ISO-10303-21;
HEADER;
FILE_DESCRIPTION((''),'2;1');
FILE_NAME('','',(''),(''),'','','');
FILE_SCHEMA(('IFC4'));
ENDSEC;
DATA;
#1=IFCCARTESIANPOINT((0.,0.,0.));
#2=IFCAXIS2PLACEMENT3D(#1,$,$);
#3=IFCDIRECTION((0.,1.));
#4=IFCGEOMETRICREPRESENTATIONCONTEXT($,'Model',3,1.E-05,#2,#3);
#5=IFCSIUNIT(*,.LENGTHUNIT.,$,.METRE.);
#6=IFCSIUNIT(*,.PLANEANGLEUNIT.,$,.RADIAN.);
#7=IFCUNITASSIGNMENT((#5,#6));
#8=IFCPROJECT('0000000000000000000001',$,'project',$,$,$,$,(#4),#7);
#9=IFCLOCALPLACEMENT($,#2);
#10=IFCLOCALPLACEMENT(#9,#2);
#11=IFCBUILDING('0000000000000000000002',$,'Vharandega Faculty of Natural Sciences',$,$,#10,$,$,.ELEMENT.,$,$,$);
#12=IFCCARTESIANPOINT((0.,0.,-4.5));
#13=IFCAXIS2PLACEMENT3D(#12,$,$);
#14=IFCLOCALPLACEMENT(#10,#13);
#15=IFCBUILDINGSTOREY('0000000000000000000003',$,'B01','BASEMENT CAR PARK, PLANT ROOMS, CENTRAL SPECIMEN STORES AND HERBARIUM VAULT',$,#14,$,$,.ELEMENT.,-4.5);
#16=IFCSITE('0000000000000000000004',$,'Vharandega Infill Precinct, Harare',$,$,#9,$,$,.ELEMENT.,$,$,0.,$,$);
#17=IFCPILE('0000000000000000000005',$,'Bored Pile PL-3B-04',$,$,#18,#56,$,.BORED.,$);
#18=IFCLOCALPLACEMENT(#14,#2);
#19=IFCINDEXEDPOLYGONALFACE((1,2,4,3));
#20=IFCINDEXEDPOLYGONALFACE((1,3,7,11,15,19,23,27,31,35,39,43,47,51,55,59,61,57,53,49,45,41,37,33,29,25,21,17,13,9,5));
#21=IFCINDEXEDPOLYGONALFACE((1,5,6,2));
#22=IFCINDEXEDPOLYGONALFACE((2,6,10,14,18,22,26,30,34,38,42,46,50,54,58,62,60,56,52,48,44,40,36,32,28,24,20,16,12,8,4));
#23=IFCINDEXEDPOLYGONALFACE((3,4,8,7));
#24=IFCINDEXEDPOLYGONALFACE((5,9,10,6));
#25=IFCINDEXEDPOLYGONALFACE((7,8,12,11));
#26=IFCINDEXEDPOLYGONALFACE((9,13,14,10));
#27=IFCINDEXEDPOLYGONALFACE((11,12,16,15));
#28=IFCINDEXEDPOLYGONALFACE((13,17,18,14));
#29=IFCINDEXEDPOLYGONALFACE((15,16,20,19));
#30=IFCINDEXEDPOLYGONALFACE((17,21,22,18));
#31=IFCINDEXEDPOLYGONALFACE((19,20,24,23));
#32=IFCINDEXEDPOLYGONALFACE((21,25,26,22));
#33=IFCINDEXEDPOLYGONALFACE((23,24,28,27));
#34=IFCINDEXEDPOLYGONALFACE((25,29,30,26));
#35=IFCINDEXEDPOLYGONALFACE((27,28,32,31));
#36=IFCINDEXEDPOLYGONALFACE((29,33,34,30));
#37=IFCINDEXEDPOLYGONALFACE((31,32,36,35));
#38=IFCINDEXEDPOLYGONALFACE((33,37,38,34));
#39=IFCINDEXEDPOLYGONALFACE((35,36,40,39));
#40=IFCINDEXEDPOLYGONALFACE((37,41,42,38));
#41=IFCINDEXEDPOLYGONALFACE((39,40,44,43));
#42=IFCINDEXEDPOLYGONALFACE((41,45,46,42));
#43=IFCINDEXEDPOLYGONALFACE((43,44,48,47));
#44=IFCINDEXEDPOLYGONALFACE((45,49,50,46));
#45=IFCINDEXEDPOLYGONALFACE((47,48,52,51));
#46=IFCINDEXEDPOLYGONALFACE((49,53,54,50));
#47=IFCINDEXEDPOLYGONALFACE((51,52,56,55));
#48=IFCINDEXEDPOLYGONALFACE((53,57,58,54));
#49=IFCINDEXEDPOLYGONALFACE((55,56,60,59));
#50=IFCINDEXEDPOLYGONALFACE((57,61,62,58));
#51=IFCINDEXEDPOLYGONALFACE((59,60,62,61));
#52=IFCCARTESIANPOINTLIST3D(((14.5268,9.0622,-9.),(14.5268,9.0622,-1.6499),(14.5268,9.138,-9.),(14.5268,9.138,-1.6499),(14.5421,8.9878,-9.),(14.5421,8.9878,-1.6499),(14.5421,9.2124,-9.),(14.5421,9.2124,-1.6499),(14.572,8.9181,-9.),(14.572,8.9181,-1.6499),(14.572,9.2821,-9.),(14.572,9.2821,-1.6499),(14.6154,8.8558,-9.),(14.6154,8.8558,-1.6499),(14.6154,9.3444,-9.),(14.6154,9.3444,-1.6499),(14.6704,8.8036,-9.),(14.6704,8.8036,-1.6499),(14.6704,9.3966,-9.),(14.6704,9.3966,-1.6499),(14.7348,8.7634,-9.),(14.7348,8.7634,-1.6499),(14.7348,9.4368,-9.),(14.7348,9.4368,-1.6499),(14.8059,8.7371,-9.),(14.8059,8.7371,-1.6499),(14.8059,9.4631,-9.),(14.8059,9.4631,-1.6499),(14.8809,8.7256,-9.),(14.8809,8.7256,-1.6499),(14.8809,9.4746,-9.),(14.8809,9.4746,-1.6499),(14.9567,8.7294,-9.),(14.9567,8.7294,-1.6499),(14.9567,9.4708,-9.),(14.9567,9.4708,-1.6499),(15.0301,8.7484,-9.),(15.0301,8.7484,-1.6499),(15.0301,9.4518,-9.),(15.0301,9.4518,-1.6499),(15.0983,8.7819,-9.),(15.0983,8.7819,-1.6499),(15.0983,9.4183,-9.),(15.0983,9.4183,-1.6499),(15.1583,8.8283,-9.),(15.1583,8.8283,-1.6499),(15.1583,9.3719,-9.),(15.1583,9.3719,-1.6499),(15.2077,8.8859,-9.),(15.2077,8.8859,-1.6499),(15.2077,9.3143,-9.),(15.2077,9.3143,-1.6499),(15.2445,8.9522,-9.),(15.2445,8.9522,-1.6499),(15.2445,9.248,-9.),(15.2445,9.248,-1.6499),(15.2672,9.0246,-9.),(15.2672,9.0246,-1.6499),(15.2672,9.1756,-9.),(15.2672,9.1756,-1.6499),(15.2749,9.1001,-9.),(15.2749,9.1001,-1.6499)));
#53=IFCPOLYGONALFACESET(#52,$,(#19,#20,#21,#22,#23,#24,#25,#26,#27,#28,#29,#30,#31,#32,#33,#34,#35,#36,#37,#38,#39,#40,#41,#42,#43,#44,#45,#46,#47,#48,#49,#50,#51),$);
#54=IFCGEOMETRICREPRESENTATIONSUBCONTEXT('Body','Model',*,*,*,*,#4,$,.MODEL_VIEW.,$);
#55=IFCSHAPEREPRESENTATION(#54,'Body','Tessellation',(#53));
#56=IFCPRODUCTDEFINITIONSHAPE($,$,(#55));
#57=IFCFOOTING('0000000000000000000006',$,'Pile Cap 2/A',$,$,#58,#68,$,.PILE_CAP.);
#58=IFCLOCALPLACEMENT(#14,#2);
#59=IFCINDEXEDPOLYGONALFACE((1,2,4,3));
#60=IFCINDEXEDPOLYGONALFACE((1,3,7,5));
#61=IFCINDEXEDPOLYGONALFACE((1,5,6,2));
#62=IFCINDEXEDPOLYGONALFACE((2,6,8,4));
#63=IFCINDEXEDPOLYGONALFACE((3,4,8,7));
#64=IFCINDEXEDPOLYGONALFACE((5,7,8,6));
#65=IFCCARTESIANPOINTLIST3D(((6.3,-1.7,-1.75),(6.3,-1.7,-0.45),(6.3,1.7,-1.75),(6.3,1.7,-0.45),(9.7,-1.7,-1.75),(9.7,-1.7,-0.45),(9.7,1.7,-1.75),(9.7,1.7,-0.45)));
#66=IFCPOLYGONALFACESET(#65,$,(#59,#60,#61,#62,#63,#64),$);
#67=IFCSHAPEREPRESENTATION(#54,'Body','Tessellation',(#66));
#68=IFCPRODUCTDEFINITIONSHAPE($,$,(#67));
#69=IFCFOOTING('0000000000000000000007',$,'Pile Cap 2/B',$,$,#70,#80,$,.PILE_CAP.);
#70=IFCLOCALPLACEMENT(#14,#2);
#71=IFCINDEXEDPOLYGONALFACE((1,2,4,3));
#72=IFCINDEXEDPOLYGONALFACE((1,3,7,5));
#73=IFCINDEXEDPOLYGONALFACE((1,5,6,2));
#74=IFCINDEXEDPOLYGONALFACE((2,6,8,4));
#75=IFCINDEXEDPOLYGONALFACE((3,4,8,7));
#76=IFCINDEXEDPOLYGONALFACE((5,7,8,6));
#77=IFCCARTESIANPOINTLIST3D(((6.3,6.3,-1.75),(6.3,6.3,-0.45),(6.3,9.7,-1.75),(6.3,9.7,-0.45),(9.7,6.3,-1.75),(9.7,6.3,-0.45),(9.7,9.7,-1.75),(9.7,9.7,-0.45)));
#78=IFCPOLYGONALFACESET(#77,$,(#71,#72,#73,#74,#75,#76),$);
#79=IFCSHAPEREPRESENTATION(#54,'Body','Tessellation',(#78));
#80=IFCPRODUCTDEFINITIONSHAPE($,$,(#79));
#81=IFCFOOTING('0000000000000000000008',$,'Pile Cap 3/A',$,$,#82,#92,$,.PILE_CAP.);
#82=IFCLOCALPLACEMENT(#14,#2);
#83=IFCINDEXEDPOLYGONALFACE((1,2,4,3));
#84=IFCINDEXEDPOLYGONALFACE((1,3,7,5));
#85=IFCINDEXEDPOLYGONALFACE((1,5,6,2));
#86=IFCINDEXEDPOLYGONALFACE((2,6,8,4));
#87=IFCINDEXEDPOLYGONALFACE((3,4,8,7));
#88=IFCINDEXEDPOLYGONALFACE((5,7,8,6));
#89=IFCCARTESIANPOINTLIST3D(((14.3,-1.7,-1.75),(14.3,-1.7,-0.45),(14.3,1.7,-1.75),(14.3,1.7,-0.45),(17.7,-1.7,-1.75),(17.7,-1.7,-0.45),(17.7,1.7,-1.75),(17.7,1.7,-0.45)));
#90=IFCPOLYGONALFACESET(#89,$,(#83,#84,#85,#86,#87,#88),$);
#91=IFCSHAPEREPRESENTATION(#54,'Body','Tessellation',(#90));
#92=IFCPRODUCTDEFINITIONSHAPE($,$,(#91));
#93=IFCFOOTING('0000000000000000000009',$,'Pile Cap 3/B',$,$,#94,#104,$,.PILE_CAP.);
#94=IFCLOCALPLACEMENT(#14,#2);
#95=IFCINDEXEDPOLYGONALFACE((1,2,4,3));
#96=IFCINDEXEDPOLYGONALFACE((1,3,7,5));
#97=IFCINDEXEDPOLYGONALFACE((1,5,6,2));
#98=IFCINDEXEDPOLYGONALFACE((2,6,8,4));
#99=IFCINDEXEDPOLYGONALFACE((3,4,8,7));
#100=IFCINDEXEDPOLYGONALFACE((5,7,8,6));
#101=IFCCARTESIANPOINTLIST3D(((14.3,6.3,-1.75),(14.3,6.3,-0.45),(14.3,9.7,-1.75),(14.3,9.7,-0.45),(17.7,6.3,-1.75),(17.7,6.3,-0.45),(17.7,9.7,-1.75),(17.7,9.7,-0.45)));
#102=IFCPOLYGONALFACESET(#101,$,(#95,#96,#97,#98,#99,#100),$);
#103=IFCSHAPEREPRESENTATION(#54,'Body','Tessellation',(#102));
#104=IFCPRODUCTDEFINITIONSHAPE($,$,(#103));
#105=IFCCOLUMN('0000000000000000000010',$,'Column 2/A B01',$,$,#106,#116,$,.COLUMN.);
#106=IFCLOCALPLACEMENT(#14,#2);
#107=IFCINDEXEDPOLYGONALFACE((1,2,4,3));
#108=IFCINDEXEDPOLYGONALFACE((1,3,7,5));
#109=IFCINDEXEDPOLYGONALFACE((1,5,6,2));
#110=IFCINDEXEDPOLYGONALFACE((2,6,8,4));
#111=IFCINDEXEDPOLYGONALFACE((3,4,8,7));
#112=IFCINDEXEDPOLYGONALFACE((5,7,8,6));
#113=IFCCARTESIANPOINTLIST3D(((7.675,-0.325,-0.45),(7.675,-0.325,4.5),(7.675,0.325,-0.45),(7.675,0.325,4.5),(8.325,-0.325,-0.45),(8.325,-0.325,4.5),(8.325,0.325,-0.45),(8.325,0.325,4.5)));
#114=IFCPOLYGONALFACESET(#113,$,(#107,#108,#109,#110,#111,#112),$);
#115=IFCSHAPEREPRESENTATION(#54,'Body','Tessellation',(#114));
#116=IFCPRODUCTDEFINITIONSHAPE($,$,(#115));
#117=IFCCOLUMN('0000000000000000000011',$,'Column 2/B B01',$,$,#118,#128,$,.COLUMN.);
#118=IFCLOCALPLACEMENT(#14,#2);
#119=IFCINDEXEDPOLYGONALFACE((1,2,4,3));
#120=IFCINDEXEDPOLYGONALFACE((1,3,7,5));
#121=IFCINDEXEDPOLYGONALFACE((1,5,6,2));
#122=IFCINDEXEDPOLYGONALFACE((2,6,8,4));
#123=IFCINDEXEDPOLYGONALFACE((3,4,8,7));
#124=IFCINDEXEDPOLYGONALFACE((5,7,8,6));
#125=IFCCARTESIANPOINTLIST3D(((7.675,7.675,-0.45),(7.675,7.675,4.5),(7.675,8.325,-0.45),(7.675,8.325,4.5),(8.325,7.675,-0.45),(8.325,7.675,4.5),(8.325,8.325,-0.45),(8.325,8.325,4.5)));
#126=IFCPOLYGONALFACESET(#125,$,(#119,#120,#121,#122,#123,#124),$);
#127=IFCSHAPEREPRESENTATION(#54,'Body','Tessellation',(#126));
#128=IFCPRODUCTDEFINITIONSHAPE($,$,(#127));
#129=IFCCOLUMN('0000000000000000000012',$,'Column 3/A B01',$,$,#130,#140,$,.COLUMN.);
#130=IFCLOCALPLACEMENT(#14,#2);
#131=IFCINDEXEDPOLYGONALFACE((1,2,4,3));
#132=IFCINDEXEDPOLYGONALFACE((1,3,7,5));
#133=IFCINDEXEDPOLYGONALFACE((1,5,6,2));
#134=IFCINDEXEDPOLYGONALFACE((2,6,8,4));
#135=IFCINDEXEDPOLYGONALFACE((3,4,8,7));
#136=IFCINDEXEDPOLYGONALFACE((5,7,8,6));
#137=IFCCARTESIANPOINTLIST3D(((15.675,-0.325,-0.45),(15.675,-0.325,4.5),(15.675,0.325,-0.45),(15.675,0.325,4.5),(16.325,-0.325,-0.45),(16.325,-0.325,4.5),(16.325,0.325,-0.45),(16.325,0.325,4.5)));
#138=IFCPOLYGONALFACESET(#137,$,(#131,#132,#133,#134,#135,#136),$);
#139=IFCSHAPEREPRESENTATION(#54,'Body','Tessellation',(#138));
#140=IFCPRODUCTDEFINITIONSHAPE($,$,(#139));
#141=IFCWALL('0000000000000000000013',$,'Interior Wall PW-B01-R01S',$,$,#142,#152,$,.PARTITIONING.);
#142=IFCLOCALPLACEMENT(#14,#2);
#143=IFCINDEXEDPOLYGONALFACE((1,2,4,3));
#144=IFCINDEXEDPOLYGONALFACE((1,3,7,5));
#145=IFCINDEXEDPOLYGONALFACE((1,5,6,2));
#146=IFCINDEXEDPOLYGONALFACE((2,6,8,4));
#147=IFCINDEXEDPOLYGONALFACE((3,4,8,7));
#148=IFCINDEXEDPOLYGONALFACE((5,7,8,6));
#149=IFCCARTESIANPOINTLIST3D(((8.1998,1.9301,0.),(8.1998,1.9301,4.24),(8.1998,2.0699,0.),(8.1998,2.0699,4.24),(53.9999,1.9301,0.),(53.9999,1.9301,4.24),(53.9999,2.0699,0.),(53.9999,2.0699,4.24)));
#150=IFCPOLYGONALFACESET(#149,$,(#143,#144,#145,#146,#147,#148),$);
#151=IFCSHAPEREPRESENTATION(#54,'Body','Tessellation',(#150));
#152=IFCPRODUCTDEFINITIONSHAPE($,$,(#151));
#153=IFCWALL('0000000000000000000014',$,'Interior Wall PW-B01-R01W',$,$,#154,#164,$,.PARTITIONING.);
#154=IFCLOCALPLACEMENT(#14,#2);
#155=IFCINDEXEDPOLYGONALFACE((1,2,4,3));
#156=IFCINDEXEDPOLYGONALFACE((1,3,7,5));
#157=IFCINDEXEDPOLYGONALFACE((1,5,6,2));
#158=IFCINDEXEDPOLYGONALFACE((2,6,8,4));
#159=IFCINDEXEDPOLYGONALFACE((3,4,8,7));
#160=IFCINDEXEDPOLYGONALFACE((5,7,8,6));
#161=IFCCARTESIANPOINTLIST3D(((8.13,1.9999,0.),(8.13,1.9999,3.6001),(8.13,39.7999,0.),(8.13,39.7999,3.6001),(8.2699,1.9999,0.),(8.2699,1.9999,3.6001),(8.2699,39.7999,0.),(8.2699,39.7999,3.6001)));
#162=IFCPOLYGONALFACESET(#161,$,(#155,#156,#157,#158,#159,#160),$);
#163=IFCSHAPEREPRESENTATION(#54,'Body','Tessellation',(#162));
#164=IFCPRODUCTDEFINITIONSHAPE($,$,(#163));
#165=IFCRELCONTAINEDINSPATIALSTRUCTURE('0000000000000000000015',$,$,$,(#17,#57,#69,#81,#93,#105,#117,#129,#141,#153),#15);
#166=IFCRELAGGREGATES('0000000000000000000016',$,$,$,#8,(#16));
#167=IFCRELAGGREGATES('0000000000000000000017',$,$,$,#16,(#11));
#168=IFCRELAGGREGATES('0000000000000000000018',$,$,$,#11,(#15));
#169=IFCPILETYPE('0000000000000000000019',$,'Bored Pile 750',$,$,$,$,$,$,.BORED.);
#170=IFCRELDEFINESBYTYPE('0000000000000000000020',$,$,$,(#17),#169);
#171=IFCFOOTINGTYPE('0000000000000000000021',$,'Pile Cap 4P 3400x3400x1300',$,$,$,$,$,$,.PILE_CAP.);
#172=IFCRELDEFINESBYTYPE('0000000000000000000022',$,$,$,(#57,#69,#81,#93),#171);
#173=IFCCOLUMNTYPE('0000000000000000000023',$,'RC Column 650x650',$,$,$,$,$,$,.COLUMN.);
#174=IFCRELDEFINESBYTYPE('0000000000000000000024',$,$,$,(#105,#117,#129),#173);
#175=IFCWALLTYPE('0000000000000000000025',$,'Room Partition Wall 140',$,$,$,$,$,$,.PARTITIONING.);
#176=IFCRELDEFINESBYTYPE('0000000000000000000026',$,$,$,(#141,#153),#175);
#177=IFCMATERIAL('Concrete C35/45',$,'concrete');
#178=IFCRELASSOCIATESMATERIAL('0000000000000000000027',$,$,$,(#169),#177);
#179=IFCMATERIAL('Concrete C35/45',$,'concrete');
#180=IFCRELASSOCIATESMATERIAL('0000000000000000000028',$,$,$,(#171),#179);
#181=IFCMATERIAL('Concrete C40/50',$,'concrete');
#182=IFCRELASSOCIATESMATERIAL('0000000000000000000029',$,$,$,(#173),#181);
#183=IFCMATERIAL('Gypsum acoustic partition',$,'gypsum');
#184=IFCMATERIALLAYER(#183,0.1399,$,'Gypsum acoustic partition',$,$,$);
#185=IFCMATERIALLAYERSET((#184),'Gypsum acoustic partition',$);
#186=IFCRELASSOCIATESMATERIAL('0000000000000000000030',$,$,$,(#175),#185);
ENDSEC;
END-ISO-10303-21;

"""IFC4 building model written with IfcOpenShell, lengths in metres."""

from ifc_helpers import new_model, si_unit, direction, frame, frame_2d, origin, origin_2d, place, context, subcontext, project, spatial, rectangle, circle, extrude, material, layer, layer_set, material_profile, profile_set, type_object, element, save


model = new_model("IFC4")

# Units and contexts
model_context = context("Model", 3, precision=1e-05, world=origin(), true_north=direction((0.0, 1.0)))
body_context = subcontext(model_context, "Body", "Model", "MODEL_VIEW")
ifc_project = project(units=[si_unit("LENGTHUNIT", "METRE"), si_unit("PLANEANGLEUNIT", "RADIAN")], contexts=[model_context])

# Site, building, storey
site_placement = place(None, origin())
site = spatial("IfcSite", under=ifc_project, at=site_placement, Name="Vharandega Infill Precinct, Harare", CompositionType="ELEMENT", RefElevation=0.0)
building_placement = place(site_placement, origin())
building = spatial("IfcBuilding", under=site, at=building_placement, Name="Vharandega Faculty of Natural Sciences", CompositionType="ELEMENT")
storey_placement = place(building_placement, frame((0.0, 0.0, -4.5)))
storey = spatial("IfcBuildingStorey", under=building, at=storey_placement, Name="B01", Description="BASEMENT CAR PARK, PLANT ROOMS, CENTRAL SPECIMEN STORES AND HERBARIUM VAULT", CompositionType="ELEMENT", Elevation=-4.5)

# Pile
ifc_material_1 = material(Name="Concrete C35/45", Category="concrete")
ifc_material_profile_1 = material_profile(ifc_material_1, circle(Radius=0.375, at=origin_2d()), Name="PILE 750")
ifc_profile_set_1 = profile_set([ifc_material_profile_1], Name="Concrete C35/45")
pile_type = type_object("IfcPileType", Name="Bored Pile 750", PredefinedType="BORED", material=ifc_profile_set_1)
for number, where, z_axis, x_axis, name in (
    (1, (14.8999, 9.1001, -1.6499), (0.0, 0.0, -1.0), (1.0, 0.0, 0.0), "Bored Pile PL-3B-04"),
):
    element("IfcPile", number, at=place(storey_placement, frame(where, z_axis=z_axis, x_axis=x_axis)), inside=storey, type_object=pile_type, Name=name, PredefinedType="BORED", context=body_context, shape_type="SweptSolid", body=[
        extrude(circle(Radius=0.375, at=origin_2d()), origin(), (0.0, 0.0, 1.0), 7.3501),
    ])

# Footings
ifc_material_2 = material(Name="Concrete C35/45", Category="concrete")
footing_type = type_object("IfcFootingType", Name="Pile Cap 4P 3400x3400x1300", PredefinedType="PILE_CAP", material=ifc_material_2)
for number, where, z_axis, x_axis, name in (
    (2, (8.0, 0.0, -1.75), (0.0, 0.0, 1.0), (1.0, 0.0, 0.0), "Pile Cap 2/A"),
    (3, (8.0, 8.0, -1.75), (0.0, 0.0, 1.0), (1.0, 0.0, 0.0), "Pile Cap 2/B"),
    (4, (16.0, 0.0, -1.75), (0.0, 0.0, 1.0), (1.0, 0.0, 0.0), "Pile Cap 3/A"),
    (5, (16.0, 8.0, -1.75), (0.0, 0.0, 1.0), (1.0, 0.0, 0.0), "Pile Cap 3/B"),
):
    element("IfcFooting", number, at=place(storey_placement, frame(where, z_axis=z_axis, x_axis=x_axis)), inside=storey, type_object=footing_type, Name=name, PredefinedType="PILE_CAP", context=body_context, shape_type="SweptSolid", body=[
        extrude(rectangle(XDim=3.3999, YDim=3.3999, at=origin_2d()), origin(), (0.0, 0.0, 1.0), 1.3),
    ])

# Columns
ifc_material_3 = material(Name="Concrete C40/50", Category="concrete")
ifc_material_profile_2 = material_profile(ifc_material_3, rectangle(XDim=0.6499, YDim=0.6499, at=origin_2d()), Name="RC 650x650")
ifc_profile_set_2 = profile_set([ifc_material_profile_2], Name="Concrete C40/50")
column_type = type_object("IfcColumnType", Name="RC Column 650x650", PredefinedType="COLUMN", material=ifc_profile_set_2)
for number, where, z_axis, x_axis, name in (
    (6, (8.0, 0.0, -0.45), (0.0, 0.0, 1.0), (1.0, 0.0, 0.0), "Column 2/A B01"),
    (7, (8.0, 8.0, -0.45), (0.0, 0.0, 1.0), (1.0, 0.0, 0.0), "Column 2/B B01"),
    (8, (16.0, 0.0, -0.45), (0.0, 0.0, 1.0), (1.0, 0.0, 0.0), "Column 3/A B01"),
):
    element("IfcColumn", number, at=place(storey_placement, frame(where, z_axis=z_axis, x_axis=x_axis)), inside=storey, type_object=column_type, Name=name, PredefinedType="COLUMN", context=body_context, shape_type="SweptSolid", body=[
        extrude(rectangle(XDim=0.6499, YDim=0.6499, at=origin_2d()), origin(), (0.0, 0.0, 1.0), 4.95),
    ])

# Walls
ifc_material_4 = material(Name="Gypsum acoustic partition", Category="gypsum")
ifc_layer = layer(ifc_material_4, 0.1399, Name="Gypsum acoustic partition")
ifc_layer_set = layer_set([ifc_layer], Name="Gypsum acoustic partition")
wall_type = type_object("IfcWallType", Name="Room Partition Wall 140", PredefinedType="PARTITIONING", material=ifc_layer_set)
wall_1_placement = place(storey_placement, frame((8.2, 2.0, 0.0), z_axis=(0.0, 0.0, 1.0), x_axis=(1.0, 0.0, 0.0)))
element("IfcWall", 9, at=wall_1_placement, inside=storey, type_object=wall_type, Name="Interior Wall PW-B01-R01S", PredefinedType="PARTITIONING", context=body_context, shape_type="SweptSolid", body=[
    extrude(rectangle(XDim=45.8, YDim=0.1399, at=frame_2d((22.8999, 0.0))), origin(), (0.0, 0.0, 1.0), 4.24),
])
wall_2_placement = place(storey_placement, frame((8.2, 2.0, 0.0), z_axis=(0.0, 0.0, 1.0), x_axis=(0.0, 1.0, 0.0)))
element("IfcWall", 10, at=wall_2_placement, inside=storey, type_object=wall_type, Name="Interior Wall PW-B01-R01W", PredefinedType="PARTITIONING", context=body_context, shape_type="SweptSolid", body=[
    extrude(rectangle(XDim=37.8, YDim=0.1399, at=frame_2d((18.8999, 0.0))), origin(), (0.0, 0.0, 1.0), 3.6001),
])

save(model, "model.ifc")
